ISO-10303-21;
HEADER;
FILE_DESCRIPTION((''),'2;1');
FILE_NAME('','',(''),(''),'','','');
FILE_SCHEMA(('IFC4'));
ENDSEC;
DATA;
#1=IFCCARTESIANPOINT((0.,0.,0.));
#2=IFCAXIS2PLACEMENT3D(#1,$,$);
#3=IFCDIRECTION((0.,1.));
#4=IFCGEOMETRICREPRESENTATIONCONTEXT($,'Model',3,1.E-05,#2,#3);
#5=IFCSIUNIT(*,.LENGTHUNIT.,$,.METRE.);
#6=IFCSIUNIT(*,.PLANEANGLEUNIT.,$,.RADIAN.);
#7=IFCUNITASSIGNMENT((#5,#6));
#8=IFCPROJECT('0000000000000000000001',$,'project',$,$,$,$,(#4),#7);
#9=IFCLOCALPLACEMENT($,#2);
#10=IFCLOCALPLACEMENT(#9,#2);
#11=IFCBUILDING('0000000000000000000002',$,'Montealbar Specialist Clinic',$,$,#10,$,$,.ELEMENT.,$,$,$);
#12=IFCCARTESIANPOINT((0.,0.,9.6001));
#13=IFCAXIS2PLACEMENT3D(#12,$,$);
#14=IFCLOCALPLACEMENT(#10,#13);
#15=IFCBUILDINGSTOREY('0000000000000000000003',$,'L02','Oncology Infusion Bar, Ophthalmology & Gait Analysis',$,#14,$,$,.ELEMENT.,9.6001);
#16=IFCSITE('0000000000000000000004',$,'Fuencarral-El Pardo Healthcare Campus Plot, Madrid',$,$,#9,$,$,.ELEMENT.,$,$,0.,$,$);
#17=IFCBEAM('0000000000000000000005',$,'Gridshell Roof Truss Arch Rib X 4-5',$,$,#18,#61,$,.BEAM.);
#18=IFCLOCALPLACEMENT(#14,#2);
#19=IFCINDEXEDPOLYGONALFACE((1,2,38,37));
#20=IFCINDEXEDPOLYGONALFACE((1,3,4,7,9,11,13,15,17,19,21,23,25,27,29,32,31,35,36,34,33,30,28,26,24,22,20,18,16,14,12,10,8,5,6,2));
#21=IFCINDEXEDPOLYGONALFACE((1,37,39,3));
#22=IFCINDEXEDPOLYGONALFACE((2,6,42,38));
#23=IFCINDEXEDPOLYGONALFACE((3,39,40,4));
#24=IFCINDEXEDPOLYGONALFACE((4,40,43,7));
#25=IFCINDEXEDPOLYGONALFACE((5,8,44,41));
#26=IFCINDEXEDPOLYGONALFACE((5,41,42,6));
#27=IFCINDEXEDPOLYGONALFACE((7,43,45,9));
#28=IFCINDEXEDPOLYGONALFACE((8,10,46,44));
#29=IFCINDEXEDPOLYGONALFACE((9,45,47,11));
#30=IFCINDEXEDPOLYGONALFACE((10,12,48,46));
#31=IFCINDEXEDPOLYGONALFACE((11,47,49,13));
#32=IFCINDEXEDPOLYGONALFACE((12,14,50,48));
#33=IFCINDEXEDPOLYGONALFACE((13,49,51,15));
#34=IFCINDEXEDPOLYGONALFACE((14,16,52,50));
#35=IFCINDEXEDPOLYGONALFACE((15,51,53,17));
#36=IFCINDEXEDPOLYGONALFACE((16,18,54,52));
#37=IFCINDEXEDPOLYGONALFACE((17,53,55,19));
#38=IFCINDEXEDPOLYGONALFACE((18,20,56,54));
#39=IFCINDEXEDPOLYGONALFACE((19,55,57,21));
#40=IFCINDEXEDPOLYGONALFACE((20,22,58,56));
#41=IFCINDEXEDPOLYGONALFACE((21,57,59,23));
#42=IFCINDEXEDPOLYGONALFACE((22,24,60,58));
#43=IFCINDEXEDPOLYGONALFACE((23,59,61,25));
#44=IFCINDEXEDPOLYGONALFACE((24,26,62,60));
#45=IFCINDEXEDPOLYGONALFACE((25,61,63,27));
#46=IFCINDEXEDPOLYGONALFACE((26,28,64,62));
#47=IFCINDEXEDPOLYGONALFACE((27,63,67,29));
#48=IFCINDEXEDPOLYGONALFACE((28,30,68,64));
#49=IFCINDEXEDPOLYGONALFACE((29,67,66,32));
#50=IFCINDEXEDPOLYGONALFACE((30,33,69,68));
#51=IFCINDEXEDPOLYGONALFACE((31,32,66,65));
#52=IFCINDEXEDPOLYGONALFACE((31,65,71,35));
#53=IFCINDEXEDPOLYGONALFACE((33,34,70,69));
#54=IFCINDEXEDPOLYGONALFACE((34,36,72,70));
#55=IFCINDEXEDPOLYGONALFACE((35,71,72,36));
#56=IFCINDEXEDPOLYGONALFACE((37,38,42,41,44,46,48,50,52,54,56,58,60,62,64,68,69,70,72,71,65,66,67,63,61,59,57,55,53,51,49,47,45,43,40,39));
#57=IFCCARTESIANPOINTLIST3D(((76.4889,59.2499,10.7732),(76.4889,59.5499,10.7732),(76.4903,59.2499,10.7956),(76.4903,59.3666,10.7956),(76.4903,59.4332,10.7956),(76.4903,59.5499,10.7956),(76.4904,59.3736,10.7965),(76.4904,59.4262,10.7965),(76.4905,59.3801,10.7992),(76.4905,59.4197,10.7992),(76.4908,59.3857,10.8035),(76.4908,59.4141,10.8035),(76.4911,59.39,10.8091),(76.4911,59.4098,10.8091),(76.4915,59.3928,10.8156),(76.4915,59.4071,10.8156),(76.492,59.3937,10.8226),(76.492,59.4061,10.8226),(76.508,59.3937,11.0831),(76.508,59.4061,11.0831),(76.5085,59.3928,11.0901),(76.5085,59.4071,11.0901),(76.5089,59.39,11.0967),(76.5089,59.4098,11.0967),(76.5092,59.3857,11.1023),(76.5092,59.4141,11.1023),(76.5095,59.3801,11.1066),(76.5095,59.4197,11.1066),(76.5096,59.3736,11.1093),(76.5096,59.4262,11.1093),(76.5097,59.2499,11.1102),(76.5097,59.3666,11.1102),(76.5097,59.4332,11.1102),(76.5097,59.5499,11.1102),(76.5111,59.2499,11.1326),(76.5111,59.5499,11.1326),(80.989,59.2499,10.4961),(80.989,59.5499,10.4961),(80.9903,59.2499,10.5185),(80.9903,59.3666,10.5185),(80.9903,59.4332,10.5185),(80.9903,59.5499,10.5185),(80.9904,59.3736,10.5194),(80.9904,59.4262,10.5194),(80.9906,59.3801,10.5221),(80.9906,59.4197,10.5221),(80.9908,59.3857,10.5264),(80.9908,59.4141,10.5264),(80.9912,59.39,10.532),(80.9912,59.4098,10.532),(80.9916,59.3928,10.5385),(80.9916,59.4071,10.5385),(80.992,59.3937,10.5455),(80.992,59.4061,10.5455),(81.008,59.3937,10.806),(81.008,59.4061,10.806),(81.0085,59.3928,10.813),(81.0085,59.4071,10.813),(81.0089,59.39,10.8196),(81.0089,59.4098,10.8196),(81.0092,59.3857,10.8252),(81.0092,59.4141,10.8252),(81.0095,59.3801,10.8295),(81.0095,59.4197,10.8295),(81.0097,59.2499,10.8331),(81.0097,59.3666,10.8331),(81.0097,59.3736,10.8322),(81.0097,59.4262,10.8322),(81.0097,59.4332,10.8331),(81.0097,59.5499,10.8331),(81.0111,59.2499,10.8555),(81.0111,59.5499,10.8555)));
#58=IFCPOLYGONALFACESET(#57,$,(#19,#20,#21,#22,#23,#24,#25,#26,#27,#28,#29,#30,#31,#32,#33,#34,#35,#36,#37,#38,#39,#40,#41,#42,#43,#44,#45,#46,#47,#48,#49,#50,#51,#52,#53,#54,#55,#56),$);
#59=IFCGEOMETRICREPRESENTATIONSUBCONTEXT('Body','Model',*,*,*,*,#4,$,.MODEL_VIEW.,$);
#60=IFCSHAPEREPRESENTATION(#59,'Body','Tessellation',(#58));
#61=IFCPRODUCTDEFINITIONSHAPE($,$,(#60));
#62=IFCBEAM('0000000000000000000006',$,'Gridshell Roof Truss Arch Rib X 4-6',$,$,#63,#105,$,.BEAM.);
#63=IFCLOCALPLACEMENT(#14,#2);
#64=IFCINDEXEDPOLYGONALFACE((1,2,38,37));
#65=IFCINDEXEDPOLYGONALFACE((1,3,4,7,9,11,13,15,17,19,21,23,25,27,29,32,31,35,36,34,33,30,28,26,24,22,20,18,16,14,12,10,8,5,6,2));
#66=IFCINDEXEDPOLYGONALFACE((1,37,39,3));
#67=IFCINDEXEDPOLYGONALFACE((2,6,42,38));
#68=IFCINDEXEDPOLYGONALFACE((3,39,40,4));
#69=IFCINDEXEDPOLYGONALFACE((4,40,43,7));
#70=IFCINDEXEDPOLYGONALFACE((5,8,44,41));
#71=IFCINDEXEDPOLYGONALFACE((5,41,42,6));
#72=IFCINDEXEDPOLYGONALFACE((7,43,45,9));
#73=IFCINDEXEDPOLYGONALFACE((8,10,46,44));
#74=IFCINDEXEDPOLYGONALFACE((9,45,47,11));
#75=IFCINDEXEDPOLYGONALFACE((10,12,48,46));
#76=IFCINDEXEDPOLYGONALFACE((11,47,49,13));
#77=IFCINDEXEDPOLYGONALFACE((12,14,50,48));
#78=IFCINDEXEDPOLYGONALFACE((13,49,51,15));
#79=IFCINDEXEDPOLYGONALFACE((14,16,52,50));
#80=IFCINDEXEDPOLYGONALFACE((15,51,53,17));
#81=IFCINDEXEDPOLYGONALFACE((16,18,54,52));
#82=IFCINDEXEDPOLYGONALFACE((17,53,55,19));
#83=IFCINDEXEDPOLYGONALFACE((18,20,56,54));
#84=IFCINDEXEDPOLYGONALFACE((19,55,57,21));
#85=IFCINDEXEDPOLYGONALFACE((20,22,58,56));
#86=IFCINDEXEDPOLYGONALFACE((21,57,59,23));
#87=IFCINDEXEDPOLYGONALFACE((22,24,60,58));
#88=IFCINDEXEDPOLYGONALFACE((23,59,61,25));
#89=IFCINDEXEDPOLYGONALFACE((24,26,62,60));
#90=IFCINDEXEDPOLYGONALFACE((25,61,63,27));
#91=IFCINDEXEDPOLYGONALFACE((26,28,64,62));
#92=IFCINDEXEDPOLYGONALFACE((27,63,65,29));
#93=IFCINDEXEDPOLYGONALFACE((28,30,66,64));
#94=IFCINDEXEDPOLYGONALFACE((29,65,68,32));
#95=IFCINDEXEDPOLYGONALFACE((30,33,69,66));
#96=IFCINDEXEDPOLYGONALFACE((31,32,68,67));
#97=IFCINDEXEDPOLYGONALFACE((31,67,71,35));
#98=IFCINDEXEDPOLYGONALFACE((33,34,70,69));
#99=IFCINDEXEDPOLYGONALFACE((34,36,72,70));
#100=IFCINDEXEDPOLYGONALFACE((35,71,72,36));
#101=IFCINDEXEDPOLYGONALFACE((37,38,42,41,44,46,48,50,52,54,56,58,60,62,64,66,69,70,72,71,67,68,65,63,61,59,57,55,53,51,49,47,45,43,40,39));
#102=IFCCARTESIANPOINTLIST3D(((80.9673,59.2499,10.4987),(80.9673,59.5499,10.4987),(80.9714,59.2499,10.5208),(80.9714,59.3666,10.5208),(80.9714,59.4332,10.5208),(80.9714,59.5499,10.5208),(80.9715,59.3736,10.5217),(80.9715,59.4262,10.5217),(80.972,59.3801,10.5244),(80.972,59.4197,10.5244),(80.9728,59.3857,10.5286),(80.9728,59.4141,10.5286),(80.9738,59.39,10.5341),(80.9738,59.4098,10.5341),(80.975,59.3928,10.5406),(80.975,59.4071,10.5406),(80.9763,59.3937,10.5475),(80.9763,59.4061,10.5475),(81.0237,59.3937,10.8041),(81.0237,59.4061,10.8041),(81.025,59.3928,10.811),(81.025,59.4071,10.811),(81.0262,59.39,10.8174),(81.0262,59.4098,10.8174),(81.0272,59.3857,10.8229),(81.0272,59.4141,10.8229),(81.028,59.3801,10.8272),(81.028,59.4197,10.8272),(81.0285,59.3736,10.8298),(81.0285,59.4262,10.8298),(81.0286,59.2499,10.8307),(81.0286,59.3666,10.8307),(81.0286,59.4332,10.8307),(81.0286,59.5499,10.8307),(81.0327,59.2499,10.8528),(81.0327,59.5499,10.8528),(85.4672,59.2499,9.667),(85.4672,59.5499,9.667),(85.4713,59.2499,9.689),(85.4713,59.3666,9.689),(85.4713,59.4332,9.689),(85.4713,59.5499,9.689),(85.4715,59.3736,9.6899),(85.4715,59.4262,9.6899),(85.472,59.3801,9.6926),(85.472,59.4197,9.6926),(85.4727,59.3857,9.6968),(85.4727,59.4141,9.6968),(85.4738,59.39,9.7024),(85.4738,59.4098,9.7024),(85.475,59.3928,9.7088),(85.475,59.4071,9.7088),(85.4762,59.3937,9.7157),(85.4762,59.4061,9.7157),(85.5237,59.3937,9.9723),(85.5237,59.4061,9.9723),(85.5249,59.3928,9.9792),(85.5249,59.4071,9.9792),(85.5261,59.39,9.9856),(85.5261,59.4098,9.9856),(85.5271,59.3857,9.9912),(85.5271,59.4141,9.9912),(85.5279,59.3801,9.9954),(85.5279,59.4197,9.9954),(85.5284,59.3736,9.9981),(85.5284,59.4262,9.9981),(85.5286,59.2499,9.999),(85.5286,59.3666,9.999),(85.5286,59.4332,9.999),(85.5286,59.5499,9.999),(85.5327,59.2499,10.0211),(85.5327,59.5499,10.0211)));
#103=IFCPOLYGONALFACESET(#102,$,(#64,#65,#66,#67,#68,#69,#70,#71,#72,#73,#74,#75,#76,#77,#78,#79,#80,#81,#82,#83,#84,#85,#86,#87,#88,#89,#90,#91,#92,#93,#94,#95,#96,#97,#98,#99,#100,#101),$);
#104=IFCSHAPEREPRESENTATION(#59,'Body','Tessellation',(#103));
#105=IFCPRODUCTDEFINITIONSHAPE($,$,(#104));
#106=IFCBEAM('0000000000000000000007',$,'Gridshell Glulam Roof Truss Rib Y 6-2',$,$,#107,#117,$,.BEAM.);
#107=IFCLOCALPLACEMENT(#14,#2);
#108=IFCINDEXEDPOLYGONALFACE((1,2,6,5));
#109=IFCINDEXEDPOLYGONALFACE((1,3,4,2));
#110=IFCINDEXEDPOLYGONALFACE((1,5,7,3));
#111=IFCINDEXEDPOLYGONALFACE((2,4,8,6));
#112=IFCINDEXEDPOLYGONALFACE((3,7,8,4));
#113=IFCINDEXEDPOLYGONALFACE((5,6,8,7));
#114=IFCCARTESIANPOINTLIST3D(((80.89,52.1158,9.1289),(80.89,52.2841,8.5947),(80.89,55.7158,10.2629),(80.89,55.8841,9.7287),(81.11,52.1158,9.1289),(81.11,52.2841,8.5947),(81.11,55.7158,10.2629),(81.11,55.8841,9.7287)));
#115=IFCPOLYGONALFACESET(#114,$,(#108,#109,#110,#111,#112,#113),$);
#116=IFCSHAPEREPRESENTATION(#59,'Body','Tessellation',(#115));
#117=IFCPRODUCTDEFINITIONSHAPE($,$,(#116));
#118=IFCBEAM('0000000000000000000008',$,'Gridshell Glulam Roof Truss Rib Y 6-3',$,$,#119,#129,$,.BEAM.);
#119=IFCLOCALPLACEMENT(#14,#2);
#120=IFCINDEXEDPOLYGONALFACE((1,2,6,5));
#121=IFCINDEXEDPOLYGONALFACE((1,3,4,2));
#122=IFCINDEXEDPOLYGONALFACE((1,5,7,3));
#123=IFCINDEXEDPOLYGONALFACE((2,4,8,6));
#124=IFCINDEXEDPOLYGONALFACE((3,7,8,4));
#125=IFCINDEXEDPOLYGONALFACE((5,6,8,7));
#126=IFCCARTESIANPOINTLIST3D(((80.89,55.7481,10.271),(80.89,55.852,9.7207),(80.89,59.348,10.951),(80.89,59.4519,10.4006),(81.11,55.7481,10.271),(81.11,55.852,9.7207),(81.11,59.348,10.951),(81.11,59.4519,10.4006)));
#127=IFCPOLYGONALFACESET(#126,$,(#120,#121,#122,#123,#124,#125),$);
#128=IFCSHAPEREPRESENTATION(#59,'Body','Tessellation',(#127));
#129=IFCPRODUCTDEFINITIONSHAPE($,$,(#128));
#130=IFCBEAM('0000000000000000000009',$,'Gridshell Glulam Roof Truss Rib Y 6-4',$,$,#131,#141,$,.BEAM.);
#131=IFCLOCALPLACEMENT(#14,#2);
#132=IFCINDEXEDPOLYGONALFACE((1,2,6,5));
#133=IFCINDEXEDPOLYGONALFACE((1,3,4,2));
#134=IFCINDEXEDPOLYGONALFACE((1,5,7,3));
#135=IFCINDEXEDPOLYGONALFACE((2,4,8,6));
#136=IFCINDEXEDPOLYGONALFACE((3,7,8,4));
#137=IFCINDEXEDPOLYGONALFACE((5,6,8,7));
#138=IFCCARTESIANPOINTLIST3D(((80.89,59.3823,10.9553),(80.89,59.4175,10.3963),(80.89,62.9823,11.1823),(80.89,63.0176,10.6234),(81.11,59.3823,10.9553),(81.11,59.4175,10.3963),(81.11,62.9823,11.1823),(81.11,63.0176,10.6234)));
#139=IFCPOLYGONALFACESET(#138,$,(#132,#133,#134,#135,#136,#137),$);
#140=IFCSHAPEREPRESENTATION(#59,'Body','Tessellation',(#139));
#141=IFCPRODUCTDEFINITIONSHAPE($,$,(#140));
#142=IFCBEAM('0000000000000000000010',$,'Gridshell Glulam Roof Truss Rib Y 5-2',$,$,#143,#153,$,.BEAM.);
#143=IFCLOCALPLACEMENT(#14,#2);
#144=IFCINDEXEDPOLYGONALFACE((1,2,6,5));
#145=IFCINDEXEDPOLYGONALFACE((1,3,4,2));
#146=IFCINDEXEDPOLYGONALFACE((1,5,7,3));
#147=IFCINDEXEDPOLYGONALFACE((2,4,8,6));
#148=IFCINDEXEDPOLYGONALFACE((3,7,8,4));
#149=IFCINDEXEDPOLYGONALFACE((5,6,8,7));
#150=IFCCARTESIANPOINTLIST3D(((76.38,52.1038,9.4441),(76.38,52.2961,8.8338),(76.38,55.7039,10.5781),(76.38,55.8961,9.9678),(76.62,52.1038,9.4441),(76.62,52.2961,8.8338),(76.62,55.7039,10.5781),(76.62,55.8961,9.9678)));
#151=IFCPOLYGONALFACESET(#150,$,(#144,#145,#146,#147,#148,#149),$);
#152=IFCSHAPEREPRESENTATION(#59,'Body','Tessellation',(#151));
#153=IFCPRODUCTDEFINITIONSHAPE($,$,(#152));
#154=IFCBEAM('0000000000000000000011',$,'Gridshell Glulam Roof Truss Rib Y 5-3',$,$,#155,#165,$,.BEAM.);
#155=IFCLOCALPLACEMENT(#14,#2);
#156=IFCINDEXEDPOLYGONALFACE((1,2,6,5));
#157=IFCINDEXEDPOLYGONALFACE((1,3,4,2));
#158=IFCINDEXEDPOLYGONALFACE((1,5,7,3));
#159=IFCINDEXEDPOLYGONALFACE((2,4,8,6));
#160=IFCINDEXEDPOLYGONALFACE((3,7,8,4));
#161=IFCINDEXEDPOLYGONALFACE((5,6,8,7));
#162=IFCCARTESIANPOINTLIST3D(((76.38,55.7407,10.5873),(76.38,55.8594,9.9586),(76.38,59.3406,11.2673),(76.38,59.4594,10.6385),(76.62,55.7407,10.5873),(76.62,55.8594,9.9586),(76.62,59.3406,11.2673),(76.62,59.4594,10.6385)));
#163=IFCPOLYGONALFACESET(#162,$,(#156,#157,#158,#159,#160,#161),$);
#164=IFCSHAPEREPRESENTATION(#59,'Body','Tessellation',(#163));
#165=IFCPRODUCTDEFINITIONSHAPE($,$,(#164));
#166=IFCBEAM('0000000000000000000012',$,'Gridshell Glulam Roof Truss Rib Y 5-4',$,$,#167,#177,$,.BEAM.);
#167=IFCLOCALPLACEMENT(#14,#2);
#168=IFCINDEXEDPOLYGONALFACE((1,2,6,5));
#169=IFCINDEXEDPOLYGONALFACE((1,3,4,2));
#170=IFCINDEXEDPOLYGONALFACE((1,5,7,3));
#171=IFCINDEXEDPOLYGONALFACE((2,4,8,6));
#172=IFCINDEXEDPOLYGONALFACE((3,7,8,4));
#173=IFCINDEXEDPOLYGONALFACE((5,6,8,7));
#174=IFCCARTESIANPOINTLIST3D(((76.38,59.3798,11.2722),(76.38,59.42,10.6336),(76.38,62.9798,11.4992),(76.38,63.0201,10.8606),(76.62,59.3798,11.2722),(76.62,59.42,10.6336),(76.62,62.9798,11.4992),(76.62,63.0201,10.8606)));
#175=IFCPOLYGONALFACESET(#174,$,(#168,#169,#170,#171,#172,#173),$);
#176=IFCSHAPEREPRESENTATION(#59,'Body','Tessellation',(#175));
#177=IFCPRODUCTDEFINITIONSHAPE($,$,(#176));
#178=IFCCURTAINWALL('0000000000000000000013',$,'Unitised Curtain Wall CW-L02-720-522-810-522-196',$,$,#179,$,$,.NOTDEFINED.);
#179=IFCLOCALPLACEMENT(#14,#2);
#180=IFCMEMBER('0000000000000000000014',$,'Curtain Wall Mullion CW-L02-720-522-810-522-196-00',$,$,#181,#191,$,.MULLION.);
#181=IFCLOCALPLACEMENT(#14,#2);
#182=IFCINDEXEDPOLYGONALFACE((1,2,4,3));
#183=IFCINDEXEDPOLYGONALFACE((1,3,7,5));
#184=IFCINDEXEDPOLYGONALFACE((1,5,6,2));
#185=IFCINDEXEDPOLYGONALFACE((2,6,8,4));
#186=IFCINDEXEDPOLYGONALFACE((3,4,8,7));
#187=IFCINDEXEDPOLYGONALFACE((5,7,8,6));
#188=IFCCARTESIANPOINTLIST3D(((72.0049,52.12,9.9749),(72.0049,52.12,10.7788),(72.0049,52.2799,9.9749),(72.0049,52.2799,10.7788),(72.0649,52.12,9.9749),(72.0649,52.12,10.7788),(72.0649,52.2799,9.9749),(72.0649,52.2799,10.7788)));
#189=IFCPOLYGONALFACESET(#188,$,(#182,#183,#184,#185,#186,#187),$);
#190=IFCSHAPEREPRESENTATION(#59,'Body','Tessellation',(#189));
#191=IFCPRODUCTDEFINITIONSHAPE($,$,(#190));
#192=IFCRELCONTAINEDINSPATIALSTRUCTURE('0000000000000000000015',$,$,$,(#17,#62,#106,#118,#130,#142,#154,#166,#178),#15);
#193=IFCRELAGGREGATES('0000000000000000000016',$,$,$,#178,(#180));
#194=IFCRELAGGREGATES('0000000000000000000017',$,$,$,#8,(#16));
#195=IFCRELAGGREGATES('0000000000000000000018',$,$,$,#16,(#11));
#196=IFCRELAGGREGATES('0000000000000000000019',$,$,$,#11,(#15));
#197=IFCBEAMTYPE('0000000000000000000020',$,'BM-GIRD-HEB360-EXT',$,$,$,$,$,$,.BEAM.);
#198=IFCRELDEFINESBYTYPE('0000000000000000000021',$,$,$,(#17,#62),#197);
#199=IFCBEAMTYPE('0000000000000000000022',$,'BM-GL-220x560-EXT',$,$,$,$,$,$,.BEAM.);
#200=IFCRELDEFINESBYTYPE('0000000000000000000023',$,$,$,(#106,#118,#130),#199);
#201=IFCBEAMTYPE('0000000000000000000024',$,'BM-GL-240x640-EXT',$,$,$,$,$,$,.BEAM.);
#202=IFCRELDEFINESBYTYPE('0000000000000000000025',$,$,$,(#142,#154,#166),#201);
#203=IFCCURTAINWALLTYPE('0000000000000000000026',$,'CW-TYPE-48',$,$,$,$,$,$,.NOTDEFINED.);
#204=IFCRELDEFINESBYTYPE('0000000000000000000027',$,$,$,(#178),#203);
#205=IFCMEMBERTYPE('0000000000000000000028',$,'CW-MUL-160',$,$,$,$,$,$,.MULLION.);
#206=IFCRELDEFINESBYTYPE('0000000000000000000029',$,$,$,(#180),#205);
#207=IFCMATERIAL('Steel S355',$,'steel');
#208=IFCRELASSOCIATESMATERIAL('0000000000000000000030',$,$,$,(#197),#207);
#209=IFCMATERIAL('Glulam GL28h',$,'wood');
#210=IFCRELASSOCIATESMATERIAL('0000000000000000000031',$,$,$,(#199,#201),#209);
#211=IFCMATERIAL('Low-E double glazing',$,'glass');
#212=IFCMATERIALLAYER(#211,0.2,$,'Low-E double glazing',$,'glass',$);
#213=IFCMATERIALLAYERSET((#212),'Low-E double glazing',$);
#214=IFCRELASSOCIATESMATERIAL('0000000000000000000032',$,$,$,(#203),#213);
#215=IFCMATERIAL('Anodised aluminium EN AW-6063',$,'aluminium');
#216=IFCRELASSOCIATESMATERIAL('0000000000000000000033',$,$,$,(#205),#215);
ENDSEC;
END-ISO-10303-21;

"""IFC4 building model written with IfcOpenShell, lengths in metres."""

from ifc_helpers import new_model, si_unit, direction, frame, origin, origin_2d, place, context, subcontext, project, spatial, rectangle, i_section, extrude, material, layer, layer_set, material_profile, profile_set, type_object, element, aggregate, save


model = new_model("IFC4")

# Units and contexts
model_context = context("Model", 3, precision=1e-05, world=origin(), true_north=direction((0.0, 1.0)))
body_context = subcontext(model_context, "Body", "Model", "MODEL_VIEW")
ifc_project = project(units=[si_unit("LENGTHUNIT", "METRE"), si_unit("PLANEANGLEUNIT", "RADIAN")], contexts=[model_context])

# Site, building, storey
site_placement = place(None, origin())
site = spatial("IfcSite", under=ifc_project, at=site_placement, Name="Fuencarral-El Pardo Healthcare Campus Plot, Madrid", CompositionType="ELEMENT", RefElevation=0.0)
building_placement = place(site_placement, origin())
building = spatial("IfcBuilding", under=site, at=building_placement, Name="Montealbar Specialist Clinic", CompositionType="ELEMENT")
storey_placement = place(building_placement, frame((0.0, 0.0, 9.6001)))
storey = spatial("IfcBuildingStorey", under=building, at=storey_placement, Name="L02", Description="Oncology Infusion Bar, Ophthalmology & Gait Analysis", CompositionType="ELEMENT", Elevation=9.6001)

# Beams
ifc_material_1 = material(Name="Steel S355", Category="steel")
ifc_material_profile_1 = material_profile(ifc_material_1, i_section(OverallWidth=0.3, OverallDepth=0.3601, WebThickness=0.0125, FlangeThickness=0.0225, FilletRadius=0.0271, at=origin_2d()), Name="HEB 360", Category="steel")
ifc_profile_set_1 = profile_set([ifc_material_profile_1], Name="Steel S355")
beam_type_1 = type_object("IfcBeamType", Name="BM-GIRD-HEB360-EXT", PredefinedType="BEAM", material=ifc_profile_set_1)
beam_1_placement = place(storey_placement, frame((76.5, 59.3999, 10.9529), z_axis=(0.998109, 0.0, -0.061461), x_axis=(0.0, 1.0, 0.0)))
element("IfcBeam", 1, at=beam_1_placement, inside=storey, type_object=beam_type_1, Name="Gridshell Roof Truss Arch Rib X 4-5", PredefinedType="BEAM", context=body_context, shape_type="SweptSolid", body=[
    extrude(i_section(OverallWidth=0.3, OverallDepth=0.3601, WebThickness=0.0125, FlangeThickness=0.0225, FilletRadius=0.0271, at=origin_2d()), origin(), (0.0, 0.0, 1.0), 4.5085),
])
beam_2_placement = place(storey_placement, frame((81.0, 59.3999, 10.6758), z_axis=(0.983342, 0.0, -0.181763), x_axis=(0.0, 1.0, 0.0)))
element("IfcBeam", 2, at=beam_2_placement, inside=storey, type_object=beam_type_1, Name="Gridshell Roof Truss Arch Rib X 4-6", PredefinedType="BEAM", context=body_context, shape_type="SweptSolid", body=[
    extrude(i_section(OverallWidth=0.3, OverallDepth=0.3601, WebThickness=0.0125, FlangeThickness=0.0225, FilletRadius=0.0271, at=origin_2d()), origin(), (0.0, 0.0, 1.0), 4.5762),
])
ifc_material_2 = material(Name="Glulam GL28h", Category="wood")
ifc_material_profile_2 = material_profile(ifc_material_2, rectangle(XDim=0.22, YDim=0.5601, at=origin_2d()), Name="GL28h 220x560", Category="wood")
ifc_profile_set_2 = profile_set([ifc_material_profile_2], Name="Glulam GL28h")
beam_type_2 = type_object("IfcBeamType", Name="BM-GL-220x560-EXT", PredefinedType="BEAM", material=ifc_profile_set_2)
beam_3_placement = place(storey_placement, frame((81.0, 52.2, 8.8618), z_axis=(0.0, 0.953798, 0.300447), x_axis=(-1.0, 0.0, 0.0)))
element("IfcBeam", 3, at=beam_3_placement, inside=storey, type_object=beam_type_2, Name="Gridshell Glulam Roof Truss Rib Y 6-2", PredefinedType="BEAM", context=body_context, shape_type="SweptSolid", body=[
    extrude(rectangle(XDim=0.22, YDim=0.5601, at=origin_2d()), origin(), (0.0, 0.0, 1.0), 3.7744),
])
beam_4_placement = place(storey_placement, frame((81.0, 55.8, 9.9958), z_axis=(0.0, 0.982626, 0.185596), x_axis=(-1.0, 0.0, 0.0)))
element("IfcBeam", 4, at=beam_4_placement, inside=storey, type_object=beam_type_2, Name="Gridshell Glulam Roof Truss Rib Y 6-3", PredefinedType="BEAM", context=body_context, shape_type="SweptSolid", body=[
    extrude(rectangle(XDim=0.22, YDim=0.5601, at=origin_2d()), origin(), (0.0, 0.0, 1.0), 3.6636),
])
beam_5_placement = place(storey_placement, frame((81.0, 59.3999, 10.6758), z_axis=(0.0, 0.998017, 0.062943), x_axis=(-1.0, 0.0, 0.0)))
element("IfcBeam", 5, at=beam_5_placement, inside=storey, type_object=beam_type_2, Name="Gridshell Glulam Roof Truss Rib Y 6-4", PredefinedType="BEAM", context=body_context, shape_type="SweptSolid", body=[
    extrude(rectangle(XDim=0.22, YDim=0.5601, at=origin_2d()), origin(), (0.0, 0.0, 1.0), 3.6072),
])
ifc_material_profile_3 = material_profile(ifc_material_2, rectangle(XDim=0.24, YDim=0.6399, at=origin_2d()), Name="GL28h 240x640", Category="wood")
ifc_profile_set_3 = profile_set([ifc_material_profile_3], Name="Glulam GL28h")
beam_type_3 = type_object("IfcBeamType", Name="BM-GL-240x640-EXT", PredefinedType="BEAM", material=ifc_profile_set_3)
beam_6_placement = place(storey_placement, frame((76.5, 52.2, 9.1389), z_axis=(0.0, 0.953798, 0.300447), x_axis=(-1.0, 0.0, 0.0)))
element("IfcBeam", 6, at=beam_6_placement, inside=storey, type_object=beam_type_3, Name="Gridshell Glulam Roof Truss Rib Y 5-2", PredefinedType="BEAM", context=body_context, shape_type="SweptSolid", body=[
    extrude(rectangle(XDim=0.24, YDim=0.6399, at=origin_2d()), origin(), (0.0, 0.0, 1.0), 3.7744),
])
beam_7_placement = place(storey_placement, frame((76.5, 55.8, 10.2729), z_axis=(0.0, 0.982626, 0.185596), x_axis=(-1.0, 0.0, 0.0)))
element("IfcBeam", 7, at=beam_7_placement, inside=storey, type_object=beam_type_3, Name="Gridshell Glulam Roof Truss Rib Y 5-3", PredefinedType="BEAM", context=body_context, shape_type="SweptSolid", body=[
    extrude(rectangle(XDim=0.24, YDim=0.6399, at=origin_2d()), origin(), (0.0, 0.0, 1.0), 3.6636),
])
beam_8_placement = place(storey_placement, frame((76.5, 59.3999, 10.9529), z_axis=(0.0, 0.998017, 0.062943), x_axis=(-1.0, 0.0, 0.0)))
element("IfcBeam", 8, at=beam_8_placement, inside=storey, type_object=beam_type_3, Name="Gridshell Glulam Roof Truss Rib Y 5-4", PredefinedType="BEAM", context=body_context, shape_type="SweptSolid", body=[
    extrude(rectangle(XDim=0.24, YDim=0.6399, at=origin_2d()), origin(), (0.0, 0.0, 1.0), 3.6072),
])

# Curtain wall, member
ifc_material_3 = material(Name="Low-E double glazing", Category="glass")
ifc_layer_1 = layer(ifc_material_3, 0.2, Name="Low-E double glazing", Category="glass")
ifc_layer_set_1 = layer_set([ifc_layer_1], Name="Low-E double glazing")
curtain_wall_type = type_object("IfcCurtainWallType", Name="CW-TYPE-48", PredefinedType="NOTDEFINED", material=ifc_layer_set_1)
curtain_wall_placement = place(storey_placement, origin())
curtain_wall = element("IfcCurtainWall", 9, at=curtain_wall_placement, inside=storey, type_object=curtain_wall_type, Name="Unitised Curtain Wall CW-L02-720-522-810-522-196", PredefinedType="NOTDEFINED")
ifc_material_4 = material(Name="Anodised aluminium EN AW-6063", Category="aluminium")
ifc_material_profile_4 = material_profile(ifc_material_4, rectangle(XDim=0.0601, YDim=0.1599, at=origin_2d()), Name="ALU 60x160", Category="aluminium")
ifc_profile_set_4 = profile_set([ifc_material_profile_4], Name="Anodised aluminium EN AW-6063")
member_type_1 = type_object("IfcMemberType", Name="CW-MUL-160", PredefinedType="MULLION", material=ifc_profile_set_4)
member_1_placement = place(storey_placement, frame((72.0349, 52.2, 9.9749), z_axis=(0.0, 0.0, 1.0), x_axis=(1.0, 0.0, 0.0)))
member_1 = element("IfcMember", 10, at=member_1_placement, type_object=member_type_1, Name="Curtain Wall Mullion CW-L02-720-522-810-522-196-00", PredefinedType="MULLION", context=body_context, shape_type="SweptSolid", body=[
    extrude(rectangle(XDim=0.0601, YDim=0.1599, at=origin_2d()), origin(), (0.0, 0.0, 1.0), 0.804),
])

aggregate(curtain_wall, [member_1])

save(model, "model.ifc")
